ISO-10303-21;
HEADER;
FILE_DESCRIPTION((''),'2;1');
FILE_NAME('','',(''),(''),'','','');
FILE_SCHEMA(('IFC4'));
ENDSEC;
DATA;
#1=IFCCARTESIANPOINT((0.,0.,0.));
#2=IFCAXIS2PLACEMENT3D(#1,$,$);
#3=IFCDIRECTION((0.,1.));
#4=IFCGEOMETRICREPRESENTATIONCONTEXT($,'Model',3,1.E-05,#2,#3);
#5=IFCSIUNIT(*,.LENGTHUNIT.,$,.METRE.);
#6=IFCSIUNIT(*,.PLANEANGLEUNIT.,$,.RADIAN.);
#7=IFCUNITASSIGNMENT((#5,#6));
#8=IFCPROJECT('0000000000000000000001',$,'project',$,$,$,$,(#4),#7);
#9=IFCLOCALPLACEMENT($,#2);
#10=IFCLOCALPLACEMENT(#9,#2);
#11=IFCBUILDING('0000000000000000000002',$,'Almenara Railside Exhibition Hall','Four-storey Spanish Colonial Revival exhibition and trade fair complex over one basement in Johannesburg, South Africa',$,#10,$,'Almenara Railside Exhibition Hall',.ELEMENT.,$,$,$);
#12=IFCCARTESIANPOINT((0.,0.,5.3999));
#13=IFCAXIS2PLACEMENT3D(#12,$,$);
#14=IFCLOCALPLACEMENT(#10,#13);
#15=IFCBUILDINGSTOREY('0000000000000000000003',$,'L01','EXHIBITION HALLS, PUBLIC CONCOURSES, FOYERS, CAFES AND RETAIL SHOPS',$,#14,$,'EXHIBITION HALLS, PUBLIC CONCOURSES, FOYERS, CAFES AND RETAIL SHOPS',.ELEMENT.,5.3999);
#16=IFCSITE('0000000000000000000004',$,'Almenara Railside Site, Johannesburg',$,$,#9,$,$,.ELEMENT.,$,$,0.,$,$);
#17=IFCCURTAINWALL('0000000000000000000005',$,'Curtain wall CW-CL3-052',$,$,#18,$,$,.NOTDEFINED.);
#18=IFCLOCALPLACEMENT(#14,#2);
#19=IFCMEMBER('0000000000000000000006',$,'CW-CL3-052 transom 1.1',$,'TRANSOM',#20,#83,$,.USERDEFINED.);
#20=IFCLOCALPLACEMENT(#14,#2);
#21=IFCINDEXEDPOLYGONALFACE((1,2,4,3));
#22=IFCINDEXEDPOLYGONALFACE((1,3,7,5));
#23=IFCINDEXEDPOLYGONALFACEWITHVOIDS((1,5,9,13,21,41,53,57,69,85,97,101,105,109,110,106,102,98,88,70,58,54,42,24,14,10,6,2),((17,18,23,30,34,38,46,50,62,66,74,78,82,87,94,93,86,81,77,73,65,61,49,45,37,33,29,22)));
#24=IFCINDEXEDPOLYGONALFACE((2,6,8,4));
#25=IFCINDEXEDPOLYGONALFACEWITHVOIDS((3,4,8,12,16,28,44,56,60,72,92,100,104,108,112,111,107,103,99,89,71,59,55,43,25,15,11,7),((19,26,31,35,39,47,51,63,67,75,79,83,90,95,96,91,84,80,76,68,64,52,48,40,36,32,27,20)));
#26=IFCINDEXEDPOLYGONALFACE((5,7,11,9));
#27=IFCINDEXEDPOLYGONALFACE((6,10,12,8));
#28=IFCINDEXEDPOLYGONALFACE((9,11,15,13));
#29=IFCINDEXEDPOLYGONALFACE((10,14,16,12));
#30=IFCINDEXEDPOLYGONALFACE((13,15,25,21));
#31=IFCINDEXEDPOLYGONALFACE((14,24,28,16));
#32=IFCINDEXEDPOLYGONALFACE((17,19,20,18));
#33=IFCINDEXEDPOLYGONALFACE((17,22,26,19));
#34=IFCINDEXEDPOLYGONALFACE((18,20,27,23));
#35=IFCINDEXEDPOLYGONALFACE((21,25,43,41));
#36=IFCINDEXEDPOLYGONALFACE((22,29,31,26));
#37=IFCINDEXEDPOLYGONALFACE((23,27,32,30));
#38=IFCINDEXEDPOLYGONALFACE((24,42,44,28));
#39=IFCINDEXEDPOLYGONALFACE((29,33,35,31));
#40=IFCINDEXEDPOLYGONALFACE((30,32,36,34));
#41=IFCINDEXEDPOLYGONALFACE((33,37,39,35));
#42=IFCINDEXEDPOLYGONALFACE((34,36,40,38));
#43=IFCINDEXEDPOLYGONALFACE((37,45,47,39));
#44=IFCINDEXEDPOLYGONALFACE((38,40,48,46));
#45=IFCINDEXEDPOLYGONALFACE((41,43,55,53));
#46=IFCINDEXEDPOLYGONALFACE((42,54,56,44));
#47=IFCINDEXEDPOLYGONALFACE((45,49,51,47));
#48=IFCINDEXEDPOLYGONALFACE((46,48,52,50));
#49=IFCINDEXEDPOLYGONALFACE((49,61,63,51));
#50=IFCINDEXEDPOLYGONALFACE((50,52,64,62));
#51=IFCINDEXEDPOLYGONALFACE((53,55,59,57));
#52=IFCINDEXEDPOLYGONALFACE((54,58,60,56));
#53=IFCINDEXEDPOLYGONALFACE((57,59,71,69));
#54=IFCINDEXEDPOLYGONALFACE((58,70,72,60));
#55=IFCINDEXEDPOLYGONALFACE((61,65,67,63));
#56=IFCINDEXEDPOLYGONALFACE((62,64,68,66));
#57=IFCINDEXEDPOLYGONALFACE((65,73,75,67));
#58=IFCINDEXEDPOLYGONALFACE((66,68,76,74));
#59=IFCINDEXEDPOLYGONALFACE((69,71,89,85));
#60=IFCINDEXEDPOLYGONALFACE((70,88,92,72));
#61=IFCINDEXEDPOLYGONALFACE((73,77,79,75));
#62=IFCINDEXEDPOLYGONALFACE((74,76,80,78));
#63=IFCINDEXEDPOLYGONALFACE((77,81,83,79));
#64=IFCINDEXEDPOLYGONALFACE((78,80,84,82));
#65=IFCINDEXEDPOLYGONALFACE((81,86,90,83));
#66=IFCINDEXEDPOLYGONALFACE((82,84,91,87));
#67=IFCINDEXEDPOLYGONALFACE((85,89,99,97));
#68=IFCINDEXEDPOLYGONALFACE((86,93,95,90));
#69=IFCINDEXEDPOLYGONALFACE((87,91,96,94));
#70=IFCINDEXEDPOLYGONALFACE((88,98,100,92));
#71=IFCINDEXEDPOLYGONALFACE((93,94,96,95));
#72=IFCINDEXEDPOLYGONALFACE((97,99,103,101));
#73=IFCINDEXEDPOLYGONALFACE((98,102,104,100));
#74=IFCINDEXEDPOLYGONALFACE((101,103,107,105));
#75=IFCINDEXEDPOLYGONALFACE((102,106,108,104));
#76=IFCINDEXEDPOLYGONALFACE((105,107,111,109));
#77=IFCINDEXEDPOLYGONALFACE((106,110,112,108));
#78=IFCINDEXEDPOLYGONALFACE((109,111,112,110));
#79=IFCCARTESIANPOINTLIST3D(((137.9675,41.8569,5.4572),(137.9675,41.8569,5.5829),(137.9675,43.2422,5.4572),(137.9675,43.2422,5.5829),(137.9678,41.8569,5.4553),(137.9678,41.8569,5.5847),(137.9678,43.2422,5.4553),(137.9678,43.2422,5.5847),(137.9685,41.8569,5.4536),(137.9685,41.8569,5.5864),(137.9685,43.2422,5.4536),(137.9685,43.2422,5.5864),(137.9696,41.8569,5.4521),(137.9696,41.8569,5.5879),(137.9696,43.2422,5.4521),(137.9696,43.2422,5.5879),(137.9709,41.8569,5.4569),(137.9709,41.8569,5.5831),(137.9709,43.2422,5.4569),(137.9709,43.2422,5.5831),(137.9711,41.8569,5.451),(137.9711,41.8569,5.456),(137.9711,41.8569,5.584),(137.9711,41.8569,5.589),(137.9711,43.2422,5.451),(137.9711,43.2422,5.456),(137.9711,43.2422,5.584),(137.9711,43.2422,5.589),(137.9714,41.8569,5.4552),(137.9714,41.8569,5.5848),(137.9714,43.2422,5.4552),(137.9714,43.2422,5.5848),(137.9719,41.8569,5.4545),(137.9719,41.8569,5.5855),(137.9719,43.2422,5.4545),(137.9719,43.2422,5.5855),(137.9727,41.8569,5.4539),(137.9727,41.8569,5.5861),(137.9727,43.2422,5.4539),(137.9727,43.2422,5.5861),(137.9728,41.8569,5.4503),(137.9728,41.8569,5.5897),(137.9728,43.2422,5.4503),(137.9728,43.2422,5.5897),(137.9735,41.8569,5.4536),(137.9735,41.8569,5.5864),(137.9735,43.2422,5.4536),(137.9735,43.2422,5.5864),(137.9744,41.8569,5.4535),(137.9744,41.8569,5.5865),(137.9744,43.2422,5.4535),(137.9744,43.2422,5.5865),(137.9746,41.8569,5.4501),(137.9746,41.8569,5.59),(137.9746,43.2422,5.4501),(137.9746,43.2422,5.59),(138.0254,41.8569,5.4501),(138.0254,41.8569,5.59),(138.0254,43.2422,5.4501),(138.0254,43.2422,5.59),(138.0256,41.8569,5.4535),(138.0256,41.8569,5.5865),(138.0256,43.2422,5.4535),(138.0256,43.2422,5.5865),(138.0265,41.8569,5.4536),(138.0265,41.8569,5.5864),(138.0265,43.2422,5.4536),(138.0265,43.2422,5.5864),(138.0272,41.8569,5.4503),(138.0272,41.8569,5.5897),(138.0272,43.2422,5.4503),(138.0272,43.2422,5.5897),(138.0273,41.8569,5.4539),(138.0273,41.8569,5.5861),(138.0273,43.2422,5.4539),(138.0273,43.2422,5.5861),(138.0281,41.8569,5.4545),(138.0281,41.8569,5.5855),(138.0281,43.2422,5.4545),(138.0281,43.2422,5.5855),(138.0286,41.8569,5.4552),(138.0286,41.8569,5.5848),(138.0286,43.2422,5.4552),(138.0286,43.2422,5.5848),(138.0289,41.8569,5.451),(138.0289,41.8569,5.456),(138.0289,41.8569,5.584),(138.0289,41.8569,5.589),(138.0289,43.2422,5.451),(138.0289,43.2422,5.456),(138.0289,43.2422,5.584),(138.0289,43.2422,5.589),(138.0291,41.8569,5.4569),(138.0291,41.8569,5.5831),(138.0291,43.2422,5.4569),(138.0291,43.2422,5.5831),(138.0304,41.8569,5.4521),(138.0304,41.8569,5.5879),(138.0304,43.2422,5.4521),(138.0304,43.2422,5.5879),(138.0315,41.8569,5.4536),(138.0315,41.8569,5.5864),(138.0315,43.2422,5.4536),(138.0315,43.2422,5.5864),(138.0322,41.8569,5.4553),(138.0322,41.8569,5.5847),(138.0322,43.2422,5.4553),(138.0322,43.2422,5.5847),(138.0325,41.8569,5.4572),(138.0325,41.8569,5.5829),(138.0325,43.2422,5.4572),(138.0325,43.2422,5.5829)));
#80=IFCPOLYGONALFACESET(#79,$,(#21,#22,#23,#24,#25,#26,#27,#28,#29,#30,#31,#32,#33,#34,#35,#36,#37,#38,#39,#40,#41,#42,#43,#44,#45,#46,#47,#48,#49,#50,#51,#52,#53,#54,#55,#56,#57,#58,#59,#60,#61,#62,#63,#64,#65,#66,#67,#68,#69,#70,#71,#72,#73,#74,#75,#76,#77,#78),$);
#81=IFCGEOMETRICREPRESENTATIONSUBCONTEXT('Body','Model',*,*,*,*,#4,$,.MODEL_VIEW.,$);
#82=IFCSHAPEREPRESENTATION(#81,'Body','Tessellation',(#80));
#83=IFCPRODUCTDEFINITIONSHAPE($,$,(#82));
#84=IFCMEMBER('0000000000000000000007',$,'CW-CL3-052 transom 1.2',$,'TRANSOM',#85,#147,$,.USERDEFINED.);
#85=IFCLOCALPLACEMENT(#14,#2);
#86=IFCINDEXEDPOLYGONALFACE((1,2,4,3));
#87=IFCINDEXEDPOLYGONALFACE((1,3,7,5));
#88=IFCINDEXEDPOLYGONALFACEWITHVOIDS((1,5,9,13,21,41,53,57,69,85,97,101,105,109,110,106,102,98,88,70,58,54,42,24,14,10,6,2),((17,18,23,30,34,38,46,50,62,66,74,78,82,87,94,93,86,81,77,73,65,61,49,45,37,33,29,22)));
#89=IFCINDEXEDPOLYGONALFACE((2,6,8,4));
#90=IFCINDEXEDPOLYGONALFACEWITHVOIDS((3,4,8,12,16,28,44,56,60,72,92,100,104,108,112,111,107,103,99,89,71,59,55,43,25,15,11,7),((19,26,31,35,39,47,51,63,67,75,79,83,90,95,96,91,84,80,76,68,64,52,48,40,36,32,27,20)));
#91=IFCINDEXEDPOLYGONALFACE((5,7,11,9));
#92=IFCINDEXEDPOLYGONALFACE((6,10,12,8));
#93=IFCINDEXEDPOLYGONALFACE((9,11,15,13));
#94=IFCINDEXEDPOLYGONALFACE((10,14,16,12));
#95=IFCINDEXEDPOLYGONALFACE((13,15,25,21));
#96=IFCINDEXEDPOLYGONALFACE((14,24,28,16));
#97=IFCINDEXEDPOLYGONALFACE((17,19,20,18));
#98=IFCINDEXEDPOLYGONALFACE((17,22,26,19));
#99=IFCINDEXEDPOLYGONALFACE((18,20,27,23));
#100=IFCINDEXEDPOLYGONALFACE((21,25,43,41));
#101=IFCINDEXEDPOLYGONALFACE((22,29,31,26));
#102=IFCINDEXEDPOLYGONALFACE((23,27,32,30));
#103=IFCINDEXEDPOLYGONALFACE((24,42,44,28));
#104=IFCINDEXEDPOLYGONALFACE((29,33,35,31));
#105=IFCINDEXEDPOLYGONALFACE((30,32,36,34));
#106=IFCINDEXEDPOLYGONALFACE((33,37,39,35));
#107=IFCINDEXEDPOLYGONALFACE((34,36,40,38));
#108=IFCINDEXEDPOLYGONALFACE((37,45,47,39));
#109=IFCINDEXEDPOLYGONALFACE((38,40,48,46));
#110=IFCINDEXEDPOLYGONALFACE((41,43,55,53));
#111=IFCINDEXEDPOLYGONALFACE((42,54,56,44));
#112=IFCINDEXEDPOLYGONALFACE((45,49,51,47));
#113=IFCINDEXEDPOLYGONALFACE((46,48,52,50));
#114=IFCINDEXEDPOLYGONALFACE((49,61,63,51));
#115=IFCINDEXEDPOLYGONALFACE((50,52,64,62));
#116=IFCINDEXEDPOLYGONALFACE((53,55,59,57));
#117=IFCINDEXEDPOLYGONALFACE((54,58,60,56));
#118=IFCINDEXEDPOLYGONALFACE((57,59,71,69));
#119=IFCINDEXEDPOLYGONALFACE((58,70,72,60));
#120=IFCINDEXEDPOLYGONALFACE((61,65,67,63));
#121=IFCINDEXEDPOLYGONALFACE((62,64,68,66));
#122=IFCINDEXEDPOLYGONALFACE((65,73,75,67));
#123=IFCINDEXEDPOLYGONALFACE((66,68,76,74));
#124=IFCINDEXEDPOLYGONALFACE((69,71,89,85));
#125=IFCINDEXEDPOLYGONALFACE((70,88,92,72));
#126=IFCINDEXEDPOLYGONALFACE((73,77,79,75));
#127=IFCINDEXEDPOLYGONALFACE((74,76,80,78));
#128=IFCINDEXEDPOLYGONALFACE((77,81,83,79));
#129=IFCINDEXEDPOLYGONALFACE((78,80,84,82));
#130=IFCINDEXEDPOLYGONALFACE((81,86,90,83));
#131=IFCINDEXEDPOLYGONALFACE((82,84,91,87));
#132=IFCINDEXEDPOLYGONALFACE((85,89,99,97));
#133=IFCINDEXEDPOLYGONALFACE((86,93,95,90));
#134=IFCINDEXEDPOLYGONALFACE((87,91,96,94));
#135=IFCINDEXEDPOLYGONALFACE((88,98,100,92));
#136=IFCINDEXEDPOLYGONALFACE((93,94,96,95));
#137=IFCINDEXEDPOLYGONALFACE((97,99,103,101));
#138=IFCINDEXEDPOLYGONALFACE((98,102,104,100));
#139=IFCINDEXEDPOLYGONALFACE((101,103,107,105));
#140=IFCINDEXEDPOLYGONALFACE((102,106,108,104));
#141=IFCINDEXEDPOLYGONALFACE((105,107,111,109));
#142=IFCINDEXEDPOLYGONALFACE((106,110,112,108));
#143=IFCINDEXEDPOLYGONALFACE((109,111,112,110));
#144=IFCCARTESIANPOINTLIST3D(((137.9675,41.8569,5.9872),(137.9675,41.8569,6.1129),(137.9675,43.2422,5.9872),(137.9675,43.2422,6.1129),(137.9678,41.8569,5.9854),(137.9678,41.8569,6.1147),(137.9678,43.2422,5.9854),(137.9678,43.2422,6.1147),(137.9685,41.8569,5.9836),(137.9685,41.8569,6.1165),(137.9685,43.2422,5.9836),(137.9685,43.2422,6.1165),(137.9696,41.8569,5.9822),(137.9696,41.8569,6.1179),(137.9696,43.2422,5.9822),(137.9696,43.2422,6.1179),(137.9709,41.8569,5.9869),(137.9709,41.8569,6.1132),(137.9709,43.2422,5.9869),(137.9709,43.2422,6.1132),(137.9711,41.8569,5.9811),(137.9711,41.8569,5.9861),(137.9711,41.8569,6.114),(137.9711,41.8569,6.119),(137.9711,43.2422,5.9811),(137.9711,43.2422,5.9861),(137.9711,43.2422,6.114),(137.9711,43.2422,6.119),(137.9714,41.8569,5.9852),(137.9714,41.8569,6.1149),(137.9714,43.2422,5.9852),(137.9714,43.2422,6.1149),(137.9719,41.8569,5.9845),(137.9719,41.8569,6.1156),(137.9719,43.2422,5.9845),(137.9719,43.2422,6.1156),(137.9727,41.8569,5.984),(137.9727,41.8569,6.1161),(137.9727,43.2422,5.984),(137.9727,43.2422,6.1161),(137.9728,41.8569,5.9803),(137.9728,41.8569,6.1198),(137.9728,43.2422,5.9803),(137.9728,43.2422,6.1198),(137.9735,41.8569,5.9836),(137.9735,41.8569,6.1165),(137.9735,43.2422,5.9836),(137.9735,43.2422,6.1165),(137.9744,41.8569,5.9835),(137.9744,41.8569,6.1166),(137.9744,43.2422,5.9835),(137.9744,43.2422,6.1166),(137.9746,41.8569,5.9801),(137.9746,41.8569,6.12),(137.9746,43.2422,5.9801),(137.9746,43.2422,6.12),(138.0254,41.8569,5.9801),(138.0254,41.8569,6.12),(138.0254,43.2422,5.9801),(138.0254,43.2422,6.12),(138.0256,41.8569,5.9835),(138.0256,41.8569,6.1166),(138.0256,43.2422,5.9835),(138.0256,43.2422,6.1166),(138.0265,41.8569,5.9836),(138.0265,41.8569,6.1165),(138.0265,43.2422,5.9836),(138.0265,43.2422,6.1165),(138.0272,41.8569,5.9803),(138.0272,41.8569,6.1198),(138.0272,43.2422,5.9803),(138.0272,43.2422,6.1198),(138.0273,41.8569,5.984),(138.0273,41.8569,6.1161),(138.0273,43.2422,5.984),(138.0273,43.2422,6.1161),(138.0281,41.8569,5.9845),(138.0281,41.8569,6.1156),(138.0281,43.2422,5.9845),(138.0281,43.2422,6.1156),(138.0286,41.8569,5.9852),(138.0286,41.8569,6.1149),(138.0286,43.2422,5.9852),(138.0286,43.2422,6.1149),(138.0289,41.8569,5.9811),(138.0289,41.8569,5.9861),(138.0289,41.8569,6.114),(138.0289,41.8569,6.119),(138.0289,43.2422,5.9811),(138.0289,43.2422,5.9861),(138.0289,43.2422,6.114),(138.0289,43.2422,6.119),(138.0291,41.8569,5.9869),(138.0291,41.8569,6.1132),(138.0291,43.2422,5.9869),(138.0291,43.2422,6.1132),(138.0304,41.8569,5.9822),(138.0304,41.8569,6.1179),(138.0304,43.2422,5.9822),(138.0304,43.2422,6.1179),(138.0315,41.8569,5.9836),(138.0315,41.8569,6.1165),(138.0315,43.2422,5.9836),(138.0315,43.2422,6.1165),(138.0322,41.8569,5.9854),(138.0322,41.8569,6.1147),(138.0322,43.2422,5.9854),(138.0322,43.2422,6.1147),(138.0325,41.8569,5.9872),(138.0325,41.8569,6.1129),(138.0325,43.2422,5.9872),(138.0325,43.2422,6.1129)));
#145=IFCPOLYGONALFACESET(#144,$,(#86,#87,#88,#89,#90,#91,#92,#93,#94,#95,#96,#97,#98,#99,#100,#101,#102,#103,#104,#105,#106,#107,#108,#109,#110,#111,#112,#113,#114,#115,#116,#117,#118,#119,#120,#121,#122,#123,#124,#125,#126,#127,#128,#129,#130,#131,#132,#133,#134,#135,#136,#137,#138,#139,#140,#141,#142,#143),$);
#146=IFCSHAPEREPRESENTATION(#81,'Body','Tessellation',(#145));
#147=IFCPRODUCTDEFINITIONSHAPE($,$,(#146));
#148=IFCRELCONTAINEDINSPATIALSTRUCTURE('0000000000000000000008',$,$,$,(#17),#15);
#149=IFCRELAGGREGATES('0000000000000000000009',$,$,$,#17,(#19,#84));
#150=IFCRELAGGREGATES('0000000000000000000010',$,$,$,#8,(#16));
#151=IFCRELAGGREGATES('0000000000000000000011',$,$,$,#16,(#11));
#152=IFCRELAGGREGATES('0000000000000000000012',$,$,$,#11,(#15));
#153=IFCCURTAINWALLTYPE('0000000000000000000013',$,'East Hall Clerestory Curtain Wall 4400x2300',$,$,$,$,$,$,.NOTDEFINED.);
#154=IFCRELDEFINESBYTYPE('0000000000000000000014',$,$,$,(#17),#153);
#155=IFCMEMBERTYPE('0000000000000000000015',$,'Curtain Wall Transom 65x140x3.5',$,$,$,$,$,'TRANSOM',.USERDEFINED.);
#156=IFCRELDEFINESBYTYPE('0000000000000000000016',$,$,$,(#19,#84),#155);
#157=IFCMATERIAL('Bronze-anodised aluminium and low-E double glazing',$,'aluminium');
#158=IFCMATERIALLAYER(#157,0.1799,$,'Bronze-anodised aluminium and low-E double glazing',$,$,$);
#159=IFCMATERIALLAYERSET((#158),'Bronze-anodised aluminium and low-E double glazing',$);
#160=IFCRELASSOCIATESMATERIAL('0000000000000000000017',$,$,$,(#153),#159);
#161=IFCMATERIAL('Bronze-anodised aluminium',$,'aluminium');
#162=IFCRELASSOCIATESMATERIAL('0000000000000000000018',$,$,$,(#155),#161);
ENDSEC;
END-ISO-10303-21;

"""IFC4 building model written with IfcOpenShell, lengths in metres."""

from ifc_helpers import new_model, si_unit, direction, frame, origin, origin_2d, place, context, subcontext, project, spatial, hollow_rectangle, extrude, material, layer, layer_set, material_profile, profile_set, type_object, element, aggregate, save


model = new_model("IFC4")

# Units and contexts
model_context = context("Model", 3, precision=1e-05, world=origin(), true_north=direction((0.0, 1.0)))
body_context = subcontext(model_context, "Body", "Model", "MODEL_VIEW")
ifc_project = project(units=[si_unit("LENGTHUNIT", "METRE"), si_unit("PLANEANGLEUNIT", "RADIAN")], contexts=[model_context])

# Site, building, storey
site_placement = place(None, origin())
site = spatial("IfcSite", under=ifc_project, at=site_placement, Name="Almenara Railside Site, Johannesburg", CompositionType="ELEMENT", RefElevation=0.0)
building_placement = place(site_placement, origin())
building = spatial("IfcBuilding", under=site, at=building_placement, Name="Almenara Railside Exhibition Hall", Description="Four-storey Spanish Colonial Revival exhibition and trade fair complex over one basement in Johannesburg, South Africa", LongName="Almenara Railside Exhibition Hall", CompositionType="ELEMENT")
storey_placement = place(building_placement, frame((0.0, 0.0, 5.3999)))
storey = spatial("IfcBuildingStorey", under=building, at=storey_placement, Name="L01", Description="EXHIBITION HALLS, PUBLIC CONCOURSES, FOYERS, CAFES AND RETAIL SHOPS", LongName="EXHIBITION HALLS, PUBLIC CONCOURSES, FOYERS, CAFES AND RETAIL SHOPS", CompositionType="ELEMENT", Elevation=5.3999)

# Curtain wall, members
ifc_material_1 = material(Name="Bronze-anodised aluminium and low-E double glazing", Category="aluminium")
ifc_layer_1 = layer(ifc_material_1, 0.1799, Name="Bronze-anodised aluminium and low-E double glazing")
ifc_layer_set_1 = layer_set([ifc_layer_1], Name="Bronze-anodised aluminium and low-E double glazing")
curtain_wall_type = type_object("IfcCurtainWallType", Name="East Hall Clerestory Curtain Wall 4400x2300", PredefinedType="NOTDEFINED", material=ifc_layer_set_1)
curtain_wall_placement = place(storey_placement, origin())
curtain_wall = element("IfcCurtainWall", 1, at=curtain_wall_placement, inside=storey, type_object=curtain_wall_type, Name="Curtain wall CW-CL3-052", PredefinedType="NOTDEFINED")
ifc_material_2 = material(Name="Bronze-anodised aluminium", Category="aluminium")
ifc_material_profile_1 = material_profile(ifc_material_2, hollow_rectangle(XDim=0.0649, YDim=0.1399, WallThickness=0.0034, InnerFilletRadius=0.0034, OuterFilletRadius=0.0071, at=origin_2d()), Name="ALU-TRN 65x140x3.5")
ifc_profile_set_1 = profile_set([ifc_material_profile_1], Name="Bronze-anodised aluminium")
member_type_1 = type_object("IfcMemberType", Name="Curtain Wall Transom 65x140x3.5", ElementType="TRANSOM", PredefinedType="USERDEFINED", material=ifc_profile_set_1)
member_1_placement = place(storey_placement, frame((138.0, 41.8569, 5.52), z_axis=(0.0, 1.0, 0.0), x_axis=(-1.0, 0.0, 0.0)))
member_1 = element("IfcMember", 2, at=member_1_placement, type_object=member_type_1, Name="CW-CL3-052 transom 1.1", ObjectType="TRANSOM", PredefinedType="USERDEFINED", context=body_context, shape_type="SweptSolid", body=[
    extrude(hollow_rectangle(XDim=0.0649, YDim=0.1399, WallThickness=0.0034, InnerFilletRadius=0.0034, OuterFilletRadius=0.0071, at=origin_2d()), origin(), (0.0, 0.0, 1.0), 1.3853),
])
member_2_placement = place(storey_placement, frame((138.0, 41.8569, 6.05), z_axis=(0.0, 1.0, 0.0), x_axis=(-1.0, 0.0, 0.0)))
member_2 = element("IfcMember", 3, at=member_2_placement, type_object=member_type_1, Name="CW-CL3-052 transom 1.2", ObjectType="TRANSOM", PredefinedType="USERDEFINED", context=body_context, shape_type="SweptSolid", body=[
    extrude(hollow_rectangle(XDim=0.0649, YDim=0.1399, WallThickness=0.0034, InnerFilletRadius=0.0034, OuterFilletRadius=0.0071, at=origin_2d()), origin(), (0.0, 0.0, 1.0), 1.3853),
])
aggregate(curtain_wall, [member_1, member_2])

save(model, "model.ifc")
